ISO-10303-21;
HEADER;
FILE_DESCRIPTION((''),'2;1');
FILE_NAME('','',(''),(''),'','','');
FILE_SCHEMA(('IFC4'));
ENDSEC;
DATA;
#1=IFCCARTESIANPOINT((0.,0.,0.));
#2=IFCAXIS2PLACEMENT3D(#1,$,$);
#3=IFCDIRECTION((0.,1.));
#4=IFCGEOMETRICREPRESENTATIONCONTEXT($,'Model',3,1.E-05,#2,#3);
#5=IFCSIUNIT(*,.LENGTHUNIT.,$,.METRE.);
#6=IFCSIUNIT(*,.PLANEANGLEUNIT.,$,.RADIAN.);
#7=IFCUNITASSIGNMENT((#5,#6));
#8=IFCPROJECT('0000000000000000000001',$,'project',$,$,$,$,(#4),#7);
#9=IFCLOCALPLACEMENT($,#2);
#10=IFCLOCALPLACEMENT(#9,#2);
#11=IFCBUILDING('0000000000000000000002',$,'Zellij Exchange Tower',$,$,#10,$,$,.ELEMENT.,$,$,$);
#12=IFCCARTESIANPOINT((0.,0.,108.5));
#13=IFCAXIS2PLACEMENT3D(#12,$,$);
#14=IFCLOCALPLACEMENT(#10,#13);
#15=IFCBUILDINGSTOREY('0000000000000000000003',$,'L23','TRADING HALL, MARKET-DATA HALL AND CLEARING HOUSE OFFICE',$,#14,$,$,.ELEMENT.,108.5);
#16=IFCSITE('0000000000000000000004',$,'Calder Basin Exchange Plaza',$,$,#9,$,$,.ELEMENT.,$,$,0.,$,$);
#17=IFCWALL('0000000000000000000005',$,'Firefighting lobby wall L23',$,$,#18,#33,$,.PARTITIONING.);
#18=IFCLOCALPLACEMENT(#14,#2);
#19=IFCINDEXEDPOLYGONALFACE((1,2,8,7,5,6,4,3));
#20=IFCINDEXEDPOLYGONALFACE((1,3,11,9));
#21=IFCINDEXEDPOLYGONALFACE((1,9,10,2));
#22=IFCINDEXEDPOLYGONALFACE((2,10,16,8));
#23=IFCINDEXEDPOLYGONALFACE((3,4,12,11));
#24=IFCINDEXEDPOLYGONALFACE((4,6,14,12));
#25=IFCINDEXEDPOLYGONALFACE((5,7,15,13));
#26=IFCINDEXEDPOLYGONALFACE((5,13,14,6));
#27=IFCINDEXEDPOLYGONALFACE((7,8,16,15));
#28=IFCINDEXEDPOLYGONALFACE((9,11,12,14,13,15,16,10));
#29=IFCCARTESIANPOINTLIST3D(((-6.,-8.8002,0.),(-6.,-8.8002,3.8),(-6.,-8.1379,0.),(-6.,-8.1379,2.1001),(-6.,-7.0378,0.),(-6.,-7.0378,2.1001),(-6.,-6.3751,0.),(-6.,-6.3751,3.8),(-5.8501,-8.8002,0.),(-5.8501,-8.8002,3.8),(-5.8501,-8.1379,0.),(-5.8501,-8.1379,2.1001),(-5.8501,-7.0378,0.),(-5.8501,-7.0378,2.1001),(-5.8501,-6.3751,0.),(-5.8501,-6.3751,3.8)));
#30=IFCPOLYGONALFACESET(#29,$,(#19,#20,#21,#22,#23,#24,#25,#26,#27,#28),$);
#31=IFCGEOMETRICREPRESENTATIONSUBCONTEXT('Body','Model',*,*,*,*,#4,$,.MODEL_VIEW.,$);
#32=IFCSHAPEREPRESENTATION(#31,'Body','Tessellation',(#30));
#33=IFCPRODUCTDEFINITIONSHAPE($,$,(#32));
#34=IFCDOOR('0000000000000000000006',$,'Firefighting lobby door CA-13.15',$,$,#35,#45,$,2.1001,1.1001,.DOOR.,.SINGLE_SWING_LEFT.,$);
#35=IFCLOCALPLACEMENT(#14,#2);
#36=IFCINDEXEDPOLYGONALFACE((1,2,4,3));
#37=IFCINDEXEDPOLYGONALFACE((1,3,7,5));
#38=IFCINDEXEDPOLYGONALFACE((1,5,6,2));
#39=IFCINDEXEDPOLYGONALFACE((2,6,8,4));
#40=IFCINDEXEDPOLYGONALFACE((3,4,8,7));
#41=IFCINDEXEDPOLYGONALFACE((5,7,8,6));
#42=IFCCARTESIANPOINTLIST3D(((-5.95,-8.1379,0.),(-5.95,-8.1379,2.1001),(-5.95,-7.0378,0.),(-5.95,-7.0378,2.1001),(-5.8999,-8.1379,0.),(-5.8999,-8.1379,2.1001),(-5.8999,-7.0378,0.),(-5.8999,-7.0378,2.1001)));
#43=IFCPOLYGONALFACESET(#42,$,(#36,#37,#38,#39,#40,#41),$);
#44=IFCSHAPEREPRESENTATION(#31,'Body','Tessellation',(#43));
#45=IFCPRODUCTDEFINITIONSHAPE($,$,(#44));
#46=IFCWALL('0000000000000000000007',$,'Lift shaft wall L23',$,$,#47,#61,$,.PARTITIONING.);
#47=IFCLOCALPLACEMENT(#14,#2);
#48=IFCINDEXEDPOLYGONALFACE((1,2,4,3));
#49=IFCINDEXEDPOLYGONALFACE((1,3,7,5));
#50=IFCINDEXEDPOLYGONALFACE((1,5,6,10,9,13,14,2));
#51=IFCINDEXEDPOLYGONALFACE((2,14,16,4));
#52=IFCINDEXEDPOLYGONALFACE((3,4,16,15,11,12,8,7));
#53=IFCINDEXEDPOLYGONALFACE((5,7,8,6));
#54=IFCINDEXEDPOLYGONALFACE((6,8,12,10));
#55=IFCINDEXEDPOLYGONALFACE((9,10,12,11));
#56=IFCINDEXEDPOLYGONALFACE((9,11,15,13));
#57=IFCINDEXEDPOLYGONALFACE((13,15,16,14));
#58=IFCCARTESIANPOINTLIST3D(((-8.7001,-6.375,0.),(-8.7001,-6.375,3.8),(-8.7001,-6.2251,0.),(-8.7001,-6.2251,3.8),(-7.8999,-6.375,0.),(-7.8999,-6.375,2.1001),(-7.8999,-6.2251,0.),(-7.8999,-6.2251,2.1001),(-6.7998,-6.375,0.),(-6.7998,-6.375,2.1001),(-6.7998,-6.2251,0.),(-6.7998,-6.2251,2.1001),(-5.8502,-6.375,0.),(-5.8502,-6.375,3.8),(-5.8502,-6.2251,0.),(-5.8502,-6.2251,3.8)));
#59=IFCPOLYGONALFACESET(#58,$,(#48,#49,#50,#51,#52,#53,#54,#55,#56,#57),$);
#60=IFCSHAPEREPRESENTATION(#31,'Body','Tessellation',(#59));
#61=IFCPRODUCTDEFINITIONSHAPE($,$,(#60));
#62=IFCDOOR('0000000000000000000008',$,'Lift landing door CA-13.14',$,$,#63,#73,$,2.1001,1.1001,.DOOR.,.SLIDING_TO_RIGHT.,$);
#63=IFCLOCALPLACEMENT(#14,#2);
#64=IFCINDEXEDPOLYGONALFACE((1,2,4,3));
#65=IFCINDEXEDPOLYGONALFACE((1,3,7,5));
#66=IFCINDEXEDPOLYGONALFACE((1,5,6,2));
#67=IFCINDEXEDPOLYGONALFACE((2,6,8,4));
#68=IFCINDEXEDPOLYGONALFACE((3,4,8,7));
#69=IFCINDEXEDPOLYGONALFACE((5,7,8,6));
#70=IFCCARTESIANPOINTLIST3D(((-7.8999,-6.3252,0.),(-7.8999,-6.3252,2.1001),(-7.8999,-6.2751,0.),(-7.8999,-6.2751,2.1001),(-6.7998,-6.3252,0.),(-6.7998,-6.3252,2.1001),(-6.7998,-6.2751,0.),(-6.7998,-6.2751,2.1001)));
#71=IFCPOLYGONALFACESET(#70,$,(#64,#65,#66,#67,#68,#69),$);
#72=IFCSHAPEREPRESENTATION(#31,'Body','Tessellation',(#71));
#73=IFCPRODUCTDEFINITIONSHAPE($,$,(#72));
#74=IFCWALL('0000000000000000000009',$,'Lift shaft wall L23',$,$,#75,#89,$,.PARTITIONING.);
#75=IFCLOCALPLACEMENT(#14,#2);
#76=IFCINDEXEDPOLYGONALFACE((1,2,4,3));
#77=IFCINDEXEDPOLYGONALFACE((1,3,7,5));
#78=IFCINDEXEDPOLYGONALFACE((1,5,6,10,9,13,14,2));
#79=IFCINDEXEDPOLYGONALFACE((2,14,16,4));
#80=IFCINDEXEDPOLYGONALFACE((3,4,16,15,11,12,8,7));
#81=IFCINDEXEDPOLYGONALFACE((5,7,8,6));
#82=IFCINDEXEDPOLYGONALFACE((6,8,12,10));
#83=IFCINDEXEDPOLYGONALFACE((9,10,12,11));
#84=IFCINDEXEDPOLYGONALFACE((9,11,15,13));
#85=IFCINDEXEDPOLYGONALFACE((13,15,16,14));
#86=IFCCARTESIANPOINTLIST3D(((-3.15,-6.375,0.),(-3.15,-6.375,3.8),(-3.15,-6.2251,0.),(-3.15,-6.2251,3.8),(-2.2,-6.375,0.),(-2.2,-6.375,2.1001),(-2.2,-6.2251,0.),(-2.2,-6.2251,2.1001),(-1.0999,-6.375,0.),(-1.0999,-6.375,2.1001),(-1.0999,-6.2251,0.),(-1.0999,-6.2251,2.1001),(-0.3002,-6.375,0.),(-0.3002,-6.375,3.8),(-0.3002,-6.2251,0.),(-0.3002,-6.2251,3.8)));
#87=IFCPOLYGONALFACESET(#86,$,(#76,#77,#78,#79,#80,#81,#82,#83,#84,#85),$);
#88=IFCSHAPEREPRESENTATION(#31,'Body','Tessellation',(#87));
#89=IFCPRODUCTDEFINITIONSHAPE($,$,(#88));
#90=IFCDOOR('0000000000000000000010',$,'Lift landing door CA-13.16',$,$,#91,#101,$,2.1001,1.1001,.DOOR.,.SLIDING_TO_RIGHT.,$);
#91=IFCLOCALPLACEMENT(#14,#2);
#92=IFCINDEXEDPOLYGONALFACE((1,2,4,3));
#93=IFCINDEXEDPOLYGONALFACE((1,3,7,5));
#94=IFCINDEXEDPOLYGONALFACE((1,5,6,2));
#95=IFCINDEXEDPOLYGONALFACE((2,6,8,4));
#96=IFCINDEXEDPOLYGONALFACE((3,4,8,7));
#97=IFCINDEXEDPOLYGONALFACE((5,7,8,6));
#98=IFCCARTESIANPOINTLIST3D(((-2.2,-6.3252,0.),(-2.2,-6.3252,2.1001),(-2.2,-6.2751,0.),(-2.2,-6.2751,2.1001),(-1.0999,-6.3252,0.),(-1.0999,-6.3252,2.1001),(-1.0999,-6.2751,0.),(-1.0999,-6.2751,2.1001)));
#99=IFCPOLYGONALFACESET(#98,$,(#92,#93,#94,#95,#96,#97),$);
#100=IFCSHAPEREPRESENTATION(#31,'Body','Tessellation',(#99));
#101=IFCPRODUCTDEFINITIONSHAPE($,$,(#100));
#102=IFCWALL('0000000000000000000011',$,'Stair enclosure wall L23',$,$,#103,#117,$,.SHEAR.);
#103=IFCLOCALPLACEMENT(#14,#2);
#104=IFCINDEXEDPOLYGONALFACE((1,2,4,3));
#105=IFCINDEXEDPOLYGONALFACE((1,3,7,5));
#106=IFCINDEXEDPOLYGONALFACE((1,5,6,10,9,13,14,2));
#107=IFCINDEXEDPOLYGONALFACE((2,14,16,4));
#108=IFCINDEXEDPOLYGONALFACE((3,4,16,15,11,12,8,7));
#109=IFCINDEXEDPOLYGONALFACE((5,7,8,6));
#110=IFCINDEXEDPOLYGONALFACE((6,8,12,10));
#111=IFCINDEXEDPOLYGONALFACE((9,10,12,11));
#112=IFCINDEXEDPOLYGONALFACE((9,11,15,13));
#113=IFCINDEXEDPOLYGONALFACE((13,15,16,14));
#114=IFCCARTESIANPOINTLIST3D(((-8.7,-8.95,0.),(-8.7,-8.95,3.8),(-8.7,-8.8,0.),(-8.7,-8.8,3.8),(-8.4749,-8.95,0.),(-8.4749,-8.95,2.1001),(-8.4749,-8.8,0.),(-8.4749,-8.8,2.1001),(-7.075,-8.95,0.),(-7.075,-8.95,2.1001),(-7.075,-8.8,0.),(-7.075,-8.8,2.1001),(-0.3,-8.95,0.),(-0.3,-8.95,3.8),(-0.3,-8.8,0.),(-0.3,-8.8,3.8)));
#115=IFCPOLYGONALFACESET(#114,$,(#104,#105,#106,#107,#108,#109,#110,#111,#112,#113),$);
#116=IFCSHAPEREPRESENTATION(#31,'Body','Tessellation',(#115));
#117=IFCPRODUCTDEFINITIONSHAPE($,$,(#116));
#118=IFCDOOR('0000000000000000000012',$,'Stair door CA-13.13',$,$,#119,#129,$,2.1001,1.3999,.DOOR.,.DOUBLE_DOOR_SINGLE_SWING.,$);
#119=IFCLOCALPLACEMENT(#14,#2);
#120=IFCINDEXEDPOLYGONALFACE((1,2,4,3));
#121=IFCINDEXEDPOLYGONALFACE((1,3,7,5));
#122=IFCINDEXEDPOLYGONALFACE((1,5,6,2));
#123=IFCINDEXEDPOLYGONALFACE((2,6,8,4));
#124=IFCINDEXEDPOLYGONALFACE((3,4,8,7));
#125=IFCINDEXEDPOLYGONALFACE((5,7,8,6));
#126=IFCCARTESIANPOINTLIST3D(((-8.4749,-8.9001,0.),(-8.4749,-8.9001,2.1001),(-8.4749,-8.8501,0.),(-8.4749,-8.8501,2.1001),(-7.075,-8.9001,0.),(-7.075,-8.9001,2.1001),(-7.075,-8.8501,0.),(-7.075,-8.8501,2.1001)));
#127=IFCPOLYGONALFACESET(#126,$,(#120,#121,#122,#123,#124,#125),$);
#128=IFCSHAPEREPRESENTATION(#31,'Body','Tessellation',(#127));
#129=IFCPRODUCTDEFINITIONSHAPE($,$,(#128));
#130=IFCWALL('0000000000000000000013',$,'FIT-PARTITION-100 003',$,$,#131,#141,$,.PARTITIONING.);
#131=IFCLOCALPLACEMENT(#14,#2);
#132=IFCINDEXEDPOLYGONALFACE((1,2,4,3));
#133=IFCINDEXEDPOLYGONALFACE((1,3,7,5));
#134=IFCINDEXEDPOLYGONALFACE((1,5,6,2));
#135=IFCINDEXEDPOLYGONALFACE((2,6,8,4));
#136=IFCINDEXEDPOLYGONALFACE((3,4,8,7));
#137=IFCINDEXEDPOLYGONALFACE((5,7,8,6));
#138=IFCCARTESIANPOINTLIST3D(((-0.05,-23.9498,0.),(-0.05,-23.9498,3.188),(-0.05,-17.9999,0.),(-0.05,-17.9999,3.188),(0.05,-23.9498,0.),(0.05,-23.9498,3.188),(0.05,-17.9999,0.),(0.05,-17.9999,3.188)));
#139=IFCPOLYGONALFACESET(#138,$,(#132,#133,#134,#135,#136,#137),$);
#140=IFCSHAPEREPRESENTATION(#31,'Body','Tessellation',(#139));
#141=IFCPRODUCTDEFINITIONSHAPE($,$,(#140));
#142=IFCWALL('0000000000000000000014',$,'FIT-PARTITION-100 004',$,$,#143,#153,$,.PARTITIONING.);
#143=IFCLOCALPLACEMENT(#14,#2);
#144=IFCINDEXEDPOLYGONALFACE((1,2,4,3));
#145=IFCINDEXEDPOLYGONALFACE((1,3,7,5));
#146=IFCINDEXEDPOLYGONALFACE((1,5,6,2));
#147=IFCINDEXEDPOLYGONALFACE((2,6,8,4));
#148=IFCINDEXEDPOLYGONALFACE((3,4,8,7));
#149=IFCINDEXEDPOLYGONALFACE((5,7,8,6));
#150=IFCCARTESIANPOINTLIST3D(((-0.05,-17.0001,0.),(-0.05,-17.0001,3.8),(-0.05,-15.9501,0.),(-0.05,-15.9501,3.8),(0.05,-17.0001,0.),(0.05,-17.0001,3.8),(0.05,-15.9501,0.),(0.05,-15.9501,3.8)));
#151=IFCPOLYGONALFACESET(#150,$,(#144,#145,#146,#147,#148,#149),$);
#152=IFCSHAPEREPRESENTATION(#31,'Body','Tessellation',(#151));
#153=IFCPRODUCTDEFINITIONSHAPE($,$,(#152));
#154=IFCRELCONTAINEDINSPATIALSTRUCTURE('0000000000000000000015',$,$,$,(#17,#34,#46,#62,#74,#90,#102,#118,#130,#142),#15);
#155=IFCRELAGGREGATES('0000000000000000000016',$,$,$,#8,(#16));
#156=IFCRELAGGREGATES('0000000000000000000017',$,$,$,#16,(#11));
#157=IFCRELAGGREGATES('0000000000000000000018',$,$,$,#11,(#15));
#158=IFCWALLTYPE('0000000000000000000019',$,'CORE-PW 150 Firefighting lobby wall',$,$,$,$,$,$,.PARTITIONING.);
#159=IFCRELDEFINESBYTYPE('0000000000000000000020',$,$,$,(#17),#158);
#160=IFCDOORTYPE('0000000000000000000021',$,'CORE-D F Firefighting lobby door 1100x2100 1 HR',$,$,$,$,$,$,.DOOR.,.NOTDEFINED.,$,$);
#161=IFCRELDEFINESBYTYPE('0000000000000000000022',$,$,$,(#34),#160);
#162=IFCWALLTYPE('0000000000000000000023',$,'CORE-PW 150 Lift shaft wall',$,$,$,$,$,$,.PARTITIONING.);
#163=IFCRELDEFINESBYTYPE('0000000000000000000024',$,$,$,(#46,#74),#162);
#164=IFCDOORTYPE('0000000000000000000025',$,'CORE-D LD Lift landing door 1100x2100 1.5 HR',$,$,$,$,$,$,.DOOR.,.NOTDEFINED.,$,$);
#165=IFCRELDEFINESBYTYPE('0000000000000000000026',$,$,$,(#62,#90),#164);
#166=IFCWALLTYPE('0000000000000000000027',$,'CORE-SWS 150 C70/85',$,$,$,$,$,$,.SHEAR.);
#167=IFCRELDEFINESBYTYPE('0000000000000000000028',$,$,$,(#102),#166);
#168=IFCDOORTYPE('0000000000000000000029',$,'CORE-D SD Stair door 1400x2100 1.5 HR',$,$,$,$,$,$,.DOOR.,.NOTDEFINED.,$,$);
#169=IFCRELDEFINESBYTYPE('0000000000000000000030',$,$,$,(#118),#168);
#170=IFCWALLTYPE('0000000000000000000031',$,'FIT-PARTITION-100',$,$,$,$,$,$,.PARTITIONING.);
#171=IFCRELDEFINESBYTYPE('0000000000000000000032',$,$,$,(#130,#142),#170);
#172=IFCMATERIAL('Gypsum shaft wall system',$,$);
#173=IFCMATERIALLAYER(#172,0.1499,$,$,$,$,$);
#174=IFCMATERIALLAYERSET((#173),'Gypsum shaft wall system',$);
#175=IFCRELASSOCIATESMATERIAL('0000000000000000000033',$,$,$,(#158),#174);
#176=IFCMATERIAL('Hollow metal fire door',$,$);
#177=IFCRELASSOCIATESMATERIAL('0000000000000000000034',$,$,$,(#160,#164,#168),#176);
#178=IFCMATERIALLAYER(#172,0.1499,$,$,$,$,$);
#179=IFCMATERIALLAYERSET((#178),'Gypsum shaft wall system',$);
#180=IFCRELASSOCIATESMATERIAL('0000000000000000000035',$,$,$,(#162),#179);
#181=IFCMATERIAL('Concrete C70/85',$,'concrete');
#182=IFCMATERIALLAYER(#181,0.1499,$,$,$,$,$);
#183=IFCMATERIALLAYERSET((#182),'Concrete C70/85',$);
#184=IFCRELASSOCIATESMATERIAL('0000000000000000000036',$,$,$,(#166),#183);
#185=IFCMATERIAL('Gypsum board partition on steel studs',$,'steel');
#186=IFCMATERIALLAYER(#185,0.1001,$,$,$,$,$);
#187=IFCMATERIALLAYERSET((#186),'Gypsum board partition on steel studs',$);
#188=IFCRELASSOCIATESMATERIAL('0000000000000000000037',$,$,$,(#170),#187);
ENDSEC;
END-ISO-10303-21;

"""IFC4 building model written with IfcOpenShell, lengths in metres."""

from ifc_helpers import new_model, si_unit, direction, frame, frame_2d, origin, place, context, subcontext, project, spatial, rectangle, extrude, material, layer, layer_set, type_object, element, fill, save


model = new_model("IFC4")

# Units and contexts
model_context = context("Model", 3, precision=1e-05, world=origin(), true_north=direction((0.0, 1.0)))
body_context = subcontext(model_context, "Body", "Model", "MODEL_VIEW")
ifc_project = project(units=[si_unit("LENGTHUNIT", "METRE"), si_unit("PLANEANGLEUNIT", "RADIAN")], contexts=[model_context])

# Site, building, storey
site_placement = place(None, origin())
site = spatial("IfcSite", under=ifc_project, at=site_placement, Name="Calder Basin Exchange Plaza", CompositionType="ELEMENT", RefElevation=0.0)
building_placement = place(site_placement, origin())
building = spatial("IfcBuilding", under=site, at=building_placement, Name="Zellij Exchange Tower", CompositionType="ELEMENT")
storey_placement = place(building_placement, frame((0.0, 0.0, 108.5)))
storey = spatial("IfcBuildingStorey", under=building, at=storey_placement, Name="L23", Description="TRADING HALL, MARKET-DATA HALL AND CLEARING HOUSE OFFICE", CompositionType="ELEMENT", Elevation=108.5)

# Shared definitions
ifc_material_1 = material(Name="Concrete C70/85", Category="concrete")

# Walls, openings, doors
ifc_material_2 = material(Name="Gypsum shaft wall system")
ifc_layer_1 = layer(ifc_material_2, 0.1499)
ifc_layer_set_1 = layer_set([ifc_layer_1], Name="Gypsum shaft wall system")
wall_type_1 = type_object("IfcWallType", Name="CORE-PW 150 Firefighting lobby wall", PredefinedType="PARTITIONING", material=ifc_layer_set_1)
wall_1_placement = place(storey_placement, frame((-5.925, -8.8, 0.0), z_axis=(0.0, 0.0, 1.0), x_axis=(0.0, 1.0, 0.0)))
wall_1 = element("IfcWall", 1, at=wall_1_placement, inside=storey, type_object=wall_type_1, Name="Firefighting lobby wall L23", PredefinedType="PARTITIONING", context=body_context, shape_type="SweptSolid", body=[
    extrude(rectangle(XDim=2.425, YDim=0.1499, at=frame_2d((1.2124, 0.0))), origin(), (0.0, 0.0, 1.0), 3.8),
])
opening_1_placement = place(wall_1_placement, frame((0.6621, 0.0, 0.0)))
opening_1 = element("IfcOpeningElement", 2, at=opening_1_placement, cuts=wall_1, PredefinedType="OPENING", context=body_context, shape_type="SweptSolid", body=[
    extrude(rectangle(XDim=1.1001, YDim=2.1001, at=frame_2d((0.55, 1.05))), frame((0.0, 0.0869, 0.0), z_axis=(0.0, -1.0, 0.0), x_axis=(1.0, 0.0, 0.0)), (0.0, 0.0, 1.0), 0.1738),
])
ifc_material_3 = material(Name="Hollow metal fire door")
door_type_1 = type_object("IfcDoorType", Name="CORE-D F Firefighting lobby door 1100x2100 1 HR", OperationType="NOTDEFINED", PredefinedType="DOOR", material=ifc_material_3)
door_1_placement = place(opening_1_placement, origin())
door_1 = element("IfcDoor", 3, at=door_1_placement, inside=storey, type_object=door_type_1, Name="Firefighting lobby door CA-13.15", OperationType="SINGLE_SWING_LEFT", OverallHeight=2.1001, OverallWidth=1.1001, PredefinedType="DOOR", context=body_context, shape_type="SweptSolid", body=[
    extrude(rectangle(XDim=1.1001, YDim=2.1001, at=frame_2d((0.55, 1.05))), frame((0.0, 0.0249, 0.0), z_axis=(0.0, -1.0, 0.0), x_axis=(1.0, 0.0, 0.0)), (0.0, 0.0, 1.0), 0.05),
])
fill(opening_1, door_1)
ifc_layer_2 = layer(ifc_material_2, 0.1499)
ifc_layer_set_2 = layer_set([ifc_layer_2], Name="Gypsum shaft wall system")
wall_type_2 = type_object("IfcWallType", Name="CORE-PW 150 Lift shaft wall", PredefinedType="PARTITIONING", material=ifc_layer_set_2)
wall_2_placement = place(storey_placement, frame((-8.7, -6.3, 0.0), z_axis=(0.0, 0.0, 1.0), x_axis=(1.0, 0.0, 0.0)))
wall_2 = element("IfcWall", 4, at=wall_2_placement, inside=storey, type_object=wall_type_2, Name="Lift shaft wall L23", PredefinedType="PARTITIONING", context=body_context, shape_type="SweptSolid", body=[
    extrude(rectangle(XDim=2.8499, YDim=0.1499, at=frame_2d((1.4248, 0.0))), origin(), (0.0, 0.0, 1.0), 3.8),
])
opening_2_placement = place(wall_2_placement, frame((0.8, 0.0, 0.0)))
opening_2 = element("IfcOpeningElement", 5, at=opening_2_placement, cuts=wall_2, PredefinedType="OPENING", context=body_context, shape_type="SweptSolid", body=[
    extrude(rectangle(XDim=1.1001, YDim=2.1001, at=frame_2d((0.55, 1.05))), frame((0.0, 0.0869, 0.0), z_axis=(0.0, -1.0, 0.0), x_axis=(1.0, 0.0, 0.0)), (0.0, 0.0, 1.0), 0.1738),
])
door_type_2 = type_object("IfcDoorType", Name="CORE-D LD Lift landing door 1100x2100 1.5 HR", OperationType="NOTDEFINED", PredefinedType="DOOR", material=ifc_material_3)
door_2_placement = place(opening_2_placement, origin())
door_2 = element("IfcDoor", 6, at=door_2_placement, inside=storey, type_object=door_type_2, Name="Lift landing door CA-13.14", OperationType="SLIDING_TO_RIGHT", OverallHeight=2.1001, OverallWidth=1.1001, PredefinedType="DOOR", context=body_context, shape_type="SweptSolid", body=[
    extrude(rectangle(XDim=1.1001, YDim=2.1001, at=frame_2d((0.55, 1.05))), frame((0.0, 0.0249, 0.0), z_axis=(0.0, -1.0, 0.0), x_axis=(1.0, 0.0, 0.0)), (0.0, 0.0, 1.0), 0.05),
])
fill(opening_2, door_2)
wall_3_placement = place(storey_placement, frame((-3.1499, -6.3, 0.0), z_axis=(0.0, 0.0, 1.0), x_axis=(1.0, 0.0, 0.0)))
wall_3 = element("IfcWall", 7, at=wall_3_placement, inside=storey, type_object=wall_type_2, Name="Lift shaft wall L23", PredefinedType="PARTITIONING", context=body_context, shape_type="SweptSolid", body=[
    extrude(rectangle(XDim=2.8499, YDim=0.1499, at=frame_2d((1.4248, 0.0))), origin(), (0.0, 0.0, 1.0), 3.8),
])
opening_3_placement = place(wall_3_placement, frame((0.95, 0.0, 0.0)))
opening_3 = element("IfcOpeningElement", 8, at=opening_3_placement, cuts=wall_3, PredefinedType="OPENING", context=body_context, shape_type="SweptSolid", body=[
    extrude(rectangle(XDim=1.1001, YDim=2.1001, at=frame_2d((0.55, 1.05))), frame((0.0, 0.0869, 0.0), z_axis=(0.0, -1.0, 0.0), x_axis=(1.0, 0.0, 0.0)), (0.0, 0.0, 1.0), 0.1738),
])
door_3_placement = place(opening_3_placement, origin())
door_3 = element("IfcDoor", 9, at=door_3_placement, inside=storey, type_object=door_type_2, Name="Lift landing door CA-13.16", OperationType="SLIDING_TO_RIGHT", OverallHeight=2.1001, OverallWidth=1.1001, PredefinedType="DOOR", context=body_context, shape_type="SweptSolid", body=[
    extrude(rectangle(XDim=1.1001, YDim=2.1001, at=frame_2d((0.55, 1.05))), frame((0.0, 0.0249, 0.0), z_axis=(0.0, -1.0, 0.0), x_axis=(1.0, 0.0, 0.0)), (0.0, 0.0, 1.0), 0.05),
])
fill(opening_3, door_3)
ifc_layer_3 = layer(ifc_material_1, 0.1499)
ifc_layer_set_3 = layer_set([ifc_layer_3], Name="Concrete C70/85")
wall_type_3 = type_object("IfcWallType", Name="CORE-SWS 150 C70/85", PredefinedType="SHEAR", material=ifc_layer_set_3)
wall_4_placement = place(storey_placement, frame((-8.7, -8.875, 0.0), z_axis=(0.0, 0.0, 1.0), x_axis=(1.0, 0.0, 0.0)))
wall_4 = element("IfcWall", 10, at=wall_4_placement, inside=storey, type_object=wall_type_3, Name="Stair enclosure wall L23", PredefinedType="SHEAR", context=body_context, shape_type="SweptSolid", body=[
    extrude(rectangle(XDim=8.3999, YDim=0.1499, at=frame_2d((4.2, 0.0))), origin(), (0.0, 0.0, 1.0), 3.8),
])
opening_4_placement = place(wall_4_placement, frame((0.2251, 0.0, 0.0)))
opening_4 = element("IfcOpeningElement", 11, at=opening_4_placement, cuts=wall_4, PredefinedType="OPENING", context=body_context, shape_type="SweptSolid", body=[
    extrude(rectangle(XDim=1.3999, YDim=2.1001, at=frame_2d((0.7, 1.05))), frame((0.0, 0.0869, 0.0), z_axis=(0.0, -1.0, 0.0), x_axis=(1.0, 0.0, 0.0)), (0.0, 0.0, 1.0), 0.1738),
])
door_type_3 = type_object("IfcDoorType", Name="CORE-D SD Stair door 1400x2100 1.5 HR", OperationType="NOTDEFINED", PredefinedType="DOOR", material=ifc_material_3)
door_4_placement = place(opening_4_placement, origin())
door_4 = element("IfcDoor", 12, at=door_4_placement, inside=storey, type_object=door_type_3, Name="Stair door CA-13.13", OperationType="DOUBLE_DOOR_SINGLE_SWING", OverallHeight=2.1001, OverallWidth=1.3999, PredefinedType="DOOR", context=body_context, shape_type="SweptSolid", body=[
    extrude(rectangle(XDim=1.3999, YDim=2.1001, at=frame_2d((0.7, 1.05))), frame((0.0, 0.0249, 0.0), z_axis=(0.0, -1.0, 0.0), x_axis=(1.0, 0.0, 0.0)), (0.0, 0.0, 1.0), 0.05),
])
fill(opening_4, door_4)

# Walls
ifc_material_4 = material(Name="Gypsum board partition on steel studs", Category="steel")
ifc_layer_4 = layer(ifc_material_4, 0.1001)
ifc_layer_set_4 = layer_set([ifc_layer_4], Name="Gypsum board partition on steel studs")
wall_type_4 = type_object("IfcWallType", Name="FIT-PARTITION-100", PredefinedType="PARTITIONING", material=ifc_layer_set_4)
wall_5_placement = place(storey_placement, frame((0.0, -23.95, 0.0), z_axis=(0.0, 0.0, 1.0), x_axis=(0.0, 1.0, 0.0)))
element("IfcWall", 13, at=wall_5_placement, inside=storey, type_object=wall_type_4, Name="FIT-PARTITION-100 003", PredefinedType="PARTITIONING", context=body_context, shape_type="SweptSolid", body=[
    extrude(rectangle(XDim=5.95, YDim=0.1001, at=frame_2d((2.9751, 0.0))), origin(), (0.0, 0.0, 1.0), 3.188),
])
wall_6_placement = place(storey_placement, frame((0.0, -17.0, 0.0), z_axis=(0.0, 0.0, 1.0), x_axis=(0.0, 1.0, 0.0)))
element("IfcWall", 14, at=wall_6_placement, inside=storey, type_object=wall_type_4, Name="FIT-PARTITION-100 004", PredefinedType="PARTITIONING", context=body_context, shape_type="SweptSolid", body=[
    extrude(rectangle(XDim=1.05, YDim=0.1001, at=frame_2d((0.5249, 0.0))), origin(), (0.0, 0.0, 1.0), 3.8),
])

save(model, "model.ifc")
